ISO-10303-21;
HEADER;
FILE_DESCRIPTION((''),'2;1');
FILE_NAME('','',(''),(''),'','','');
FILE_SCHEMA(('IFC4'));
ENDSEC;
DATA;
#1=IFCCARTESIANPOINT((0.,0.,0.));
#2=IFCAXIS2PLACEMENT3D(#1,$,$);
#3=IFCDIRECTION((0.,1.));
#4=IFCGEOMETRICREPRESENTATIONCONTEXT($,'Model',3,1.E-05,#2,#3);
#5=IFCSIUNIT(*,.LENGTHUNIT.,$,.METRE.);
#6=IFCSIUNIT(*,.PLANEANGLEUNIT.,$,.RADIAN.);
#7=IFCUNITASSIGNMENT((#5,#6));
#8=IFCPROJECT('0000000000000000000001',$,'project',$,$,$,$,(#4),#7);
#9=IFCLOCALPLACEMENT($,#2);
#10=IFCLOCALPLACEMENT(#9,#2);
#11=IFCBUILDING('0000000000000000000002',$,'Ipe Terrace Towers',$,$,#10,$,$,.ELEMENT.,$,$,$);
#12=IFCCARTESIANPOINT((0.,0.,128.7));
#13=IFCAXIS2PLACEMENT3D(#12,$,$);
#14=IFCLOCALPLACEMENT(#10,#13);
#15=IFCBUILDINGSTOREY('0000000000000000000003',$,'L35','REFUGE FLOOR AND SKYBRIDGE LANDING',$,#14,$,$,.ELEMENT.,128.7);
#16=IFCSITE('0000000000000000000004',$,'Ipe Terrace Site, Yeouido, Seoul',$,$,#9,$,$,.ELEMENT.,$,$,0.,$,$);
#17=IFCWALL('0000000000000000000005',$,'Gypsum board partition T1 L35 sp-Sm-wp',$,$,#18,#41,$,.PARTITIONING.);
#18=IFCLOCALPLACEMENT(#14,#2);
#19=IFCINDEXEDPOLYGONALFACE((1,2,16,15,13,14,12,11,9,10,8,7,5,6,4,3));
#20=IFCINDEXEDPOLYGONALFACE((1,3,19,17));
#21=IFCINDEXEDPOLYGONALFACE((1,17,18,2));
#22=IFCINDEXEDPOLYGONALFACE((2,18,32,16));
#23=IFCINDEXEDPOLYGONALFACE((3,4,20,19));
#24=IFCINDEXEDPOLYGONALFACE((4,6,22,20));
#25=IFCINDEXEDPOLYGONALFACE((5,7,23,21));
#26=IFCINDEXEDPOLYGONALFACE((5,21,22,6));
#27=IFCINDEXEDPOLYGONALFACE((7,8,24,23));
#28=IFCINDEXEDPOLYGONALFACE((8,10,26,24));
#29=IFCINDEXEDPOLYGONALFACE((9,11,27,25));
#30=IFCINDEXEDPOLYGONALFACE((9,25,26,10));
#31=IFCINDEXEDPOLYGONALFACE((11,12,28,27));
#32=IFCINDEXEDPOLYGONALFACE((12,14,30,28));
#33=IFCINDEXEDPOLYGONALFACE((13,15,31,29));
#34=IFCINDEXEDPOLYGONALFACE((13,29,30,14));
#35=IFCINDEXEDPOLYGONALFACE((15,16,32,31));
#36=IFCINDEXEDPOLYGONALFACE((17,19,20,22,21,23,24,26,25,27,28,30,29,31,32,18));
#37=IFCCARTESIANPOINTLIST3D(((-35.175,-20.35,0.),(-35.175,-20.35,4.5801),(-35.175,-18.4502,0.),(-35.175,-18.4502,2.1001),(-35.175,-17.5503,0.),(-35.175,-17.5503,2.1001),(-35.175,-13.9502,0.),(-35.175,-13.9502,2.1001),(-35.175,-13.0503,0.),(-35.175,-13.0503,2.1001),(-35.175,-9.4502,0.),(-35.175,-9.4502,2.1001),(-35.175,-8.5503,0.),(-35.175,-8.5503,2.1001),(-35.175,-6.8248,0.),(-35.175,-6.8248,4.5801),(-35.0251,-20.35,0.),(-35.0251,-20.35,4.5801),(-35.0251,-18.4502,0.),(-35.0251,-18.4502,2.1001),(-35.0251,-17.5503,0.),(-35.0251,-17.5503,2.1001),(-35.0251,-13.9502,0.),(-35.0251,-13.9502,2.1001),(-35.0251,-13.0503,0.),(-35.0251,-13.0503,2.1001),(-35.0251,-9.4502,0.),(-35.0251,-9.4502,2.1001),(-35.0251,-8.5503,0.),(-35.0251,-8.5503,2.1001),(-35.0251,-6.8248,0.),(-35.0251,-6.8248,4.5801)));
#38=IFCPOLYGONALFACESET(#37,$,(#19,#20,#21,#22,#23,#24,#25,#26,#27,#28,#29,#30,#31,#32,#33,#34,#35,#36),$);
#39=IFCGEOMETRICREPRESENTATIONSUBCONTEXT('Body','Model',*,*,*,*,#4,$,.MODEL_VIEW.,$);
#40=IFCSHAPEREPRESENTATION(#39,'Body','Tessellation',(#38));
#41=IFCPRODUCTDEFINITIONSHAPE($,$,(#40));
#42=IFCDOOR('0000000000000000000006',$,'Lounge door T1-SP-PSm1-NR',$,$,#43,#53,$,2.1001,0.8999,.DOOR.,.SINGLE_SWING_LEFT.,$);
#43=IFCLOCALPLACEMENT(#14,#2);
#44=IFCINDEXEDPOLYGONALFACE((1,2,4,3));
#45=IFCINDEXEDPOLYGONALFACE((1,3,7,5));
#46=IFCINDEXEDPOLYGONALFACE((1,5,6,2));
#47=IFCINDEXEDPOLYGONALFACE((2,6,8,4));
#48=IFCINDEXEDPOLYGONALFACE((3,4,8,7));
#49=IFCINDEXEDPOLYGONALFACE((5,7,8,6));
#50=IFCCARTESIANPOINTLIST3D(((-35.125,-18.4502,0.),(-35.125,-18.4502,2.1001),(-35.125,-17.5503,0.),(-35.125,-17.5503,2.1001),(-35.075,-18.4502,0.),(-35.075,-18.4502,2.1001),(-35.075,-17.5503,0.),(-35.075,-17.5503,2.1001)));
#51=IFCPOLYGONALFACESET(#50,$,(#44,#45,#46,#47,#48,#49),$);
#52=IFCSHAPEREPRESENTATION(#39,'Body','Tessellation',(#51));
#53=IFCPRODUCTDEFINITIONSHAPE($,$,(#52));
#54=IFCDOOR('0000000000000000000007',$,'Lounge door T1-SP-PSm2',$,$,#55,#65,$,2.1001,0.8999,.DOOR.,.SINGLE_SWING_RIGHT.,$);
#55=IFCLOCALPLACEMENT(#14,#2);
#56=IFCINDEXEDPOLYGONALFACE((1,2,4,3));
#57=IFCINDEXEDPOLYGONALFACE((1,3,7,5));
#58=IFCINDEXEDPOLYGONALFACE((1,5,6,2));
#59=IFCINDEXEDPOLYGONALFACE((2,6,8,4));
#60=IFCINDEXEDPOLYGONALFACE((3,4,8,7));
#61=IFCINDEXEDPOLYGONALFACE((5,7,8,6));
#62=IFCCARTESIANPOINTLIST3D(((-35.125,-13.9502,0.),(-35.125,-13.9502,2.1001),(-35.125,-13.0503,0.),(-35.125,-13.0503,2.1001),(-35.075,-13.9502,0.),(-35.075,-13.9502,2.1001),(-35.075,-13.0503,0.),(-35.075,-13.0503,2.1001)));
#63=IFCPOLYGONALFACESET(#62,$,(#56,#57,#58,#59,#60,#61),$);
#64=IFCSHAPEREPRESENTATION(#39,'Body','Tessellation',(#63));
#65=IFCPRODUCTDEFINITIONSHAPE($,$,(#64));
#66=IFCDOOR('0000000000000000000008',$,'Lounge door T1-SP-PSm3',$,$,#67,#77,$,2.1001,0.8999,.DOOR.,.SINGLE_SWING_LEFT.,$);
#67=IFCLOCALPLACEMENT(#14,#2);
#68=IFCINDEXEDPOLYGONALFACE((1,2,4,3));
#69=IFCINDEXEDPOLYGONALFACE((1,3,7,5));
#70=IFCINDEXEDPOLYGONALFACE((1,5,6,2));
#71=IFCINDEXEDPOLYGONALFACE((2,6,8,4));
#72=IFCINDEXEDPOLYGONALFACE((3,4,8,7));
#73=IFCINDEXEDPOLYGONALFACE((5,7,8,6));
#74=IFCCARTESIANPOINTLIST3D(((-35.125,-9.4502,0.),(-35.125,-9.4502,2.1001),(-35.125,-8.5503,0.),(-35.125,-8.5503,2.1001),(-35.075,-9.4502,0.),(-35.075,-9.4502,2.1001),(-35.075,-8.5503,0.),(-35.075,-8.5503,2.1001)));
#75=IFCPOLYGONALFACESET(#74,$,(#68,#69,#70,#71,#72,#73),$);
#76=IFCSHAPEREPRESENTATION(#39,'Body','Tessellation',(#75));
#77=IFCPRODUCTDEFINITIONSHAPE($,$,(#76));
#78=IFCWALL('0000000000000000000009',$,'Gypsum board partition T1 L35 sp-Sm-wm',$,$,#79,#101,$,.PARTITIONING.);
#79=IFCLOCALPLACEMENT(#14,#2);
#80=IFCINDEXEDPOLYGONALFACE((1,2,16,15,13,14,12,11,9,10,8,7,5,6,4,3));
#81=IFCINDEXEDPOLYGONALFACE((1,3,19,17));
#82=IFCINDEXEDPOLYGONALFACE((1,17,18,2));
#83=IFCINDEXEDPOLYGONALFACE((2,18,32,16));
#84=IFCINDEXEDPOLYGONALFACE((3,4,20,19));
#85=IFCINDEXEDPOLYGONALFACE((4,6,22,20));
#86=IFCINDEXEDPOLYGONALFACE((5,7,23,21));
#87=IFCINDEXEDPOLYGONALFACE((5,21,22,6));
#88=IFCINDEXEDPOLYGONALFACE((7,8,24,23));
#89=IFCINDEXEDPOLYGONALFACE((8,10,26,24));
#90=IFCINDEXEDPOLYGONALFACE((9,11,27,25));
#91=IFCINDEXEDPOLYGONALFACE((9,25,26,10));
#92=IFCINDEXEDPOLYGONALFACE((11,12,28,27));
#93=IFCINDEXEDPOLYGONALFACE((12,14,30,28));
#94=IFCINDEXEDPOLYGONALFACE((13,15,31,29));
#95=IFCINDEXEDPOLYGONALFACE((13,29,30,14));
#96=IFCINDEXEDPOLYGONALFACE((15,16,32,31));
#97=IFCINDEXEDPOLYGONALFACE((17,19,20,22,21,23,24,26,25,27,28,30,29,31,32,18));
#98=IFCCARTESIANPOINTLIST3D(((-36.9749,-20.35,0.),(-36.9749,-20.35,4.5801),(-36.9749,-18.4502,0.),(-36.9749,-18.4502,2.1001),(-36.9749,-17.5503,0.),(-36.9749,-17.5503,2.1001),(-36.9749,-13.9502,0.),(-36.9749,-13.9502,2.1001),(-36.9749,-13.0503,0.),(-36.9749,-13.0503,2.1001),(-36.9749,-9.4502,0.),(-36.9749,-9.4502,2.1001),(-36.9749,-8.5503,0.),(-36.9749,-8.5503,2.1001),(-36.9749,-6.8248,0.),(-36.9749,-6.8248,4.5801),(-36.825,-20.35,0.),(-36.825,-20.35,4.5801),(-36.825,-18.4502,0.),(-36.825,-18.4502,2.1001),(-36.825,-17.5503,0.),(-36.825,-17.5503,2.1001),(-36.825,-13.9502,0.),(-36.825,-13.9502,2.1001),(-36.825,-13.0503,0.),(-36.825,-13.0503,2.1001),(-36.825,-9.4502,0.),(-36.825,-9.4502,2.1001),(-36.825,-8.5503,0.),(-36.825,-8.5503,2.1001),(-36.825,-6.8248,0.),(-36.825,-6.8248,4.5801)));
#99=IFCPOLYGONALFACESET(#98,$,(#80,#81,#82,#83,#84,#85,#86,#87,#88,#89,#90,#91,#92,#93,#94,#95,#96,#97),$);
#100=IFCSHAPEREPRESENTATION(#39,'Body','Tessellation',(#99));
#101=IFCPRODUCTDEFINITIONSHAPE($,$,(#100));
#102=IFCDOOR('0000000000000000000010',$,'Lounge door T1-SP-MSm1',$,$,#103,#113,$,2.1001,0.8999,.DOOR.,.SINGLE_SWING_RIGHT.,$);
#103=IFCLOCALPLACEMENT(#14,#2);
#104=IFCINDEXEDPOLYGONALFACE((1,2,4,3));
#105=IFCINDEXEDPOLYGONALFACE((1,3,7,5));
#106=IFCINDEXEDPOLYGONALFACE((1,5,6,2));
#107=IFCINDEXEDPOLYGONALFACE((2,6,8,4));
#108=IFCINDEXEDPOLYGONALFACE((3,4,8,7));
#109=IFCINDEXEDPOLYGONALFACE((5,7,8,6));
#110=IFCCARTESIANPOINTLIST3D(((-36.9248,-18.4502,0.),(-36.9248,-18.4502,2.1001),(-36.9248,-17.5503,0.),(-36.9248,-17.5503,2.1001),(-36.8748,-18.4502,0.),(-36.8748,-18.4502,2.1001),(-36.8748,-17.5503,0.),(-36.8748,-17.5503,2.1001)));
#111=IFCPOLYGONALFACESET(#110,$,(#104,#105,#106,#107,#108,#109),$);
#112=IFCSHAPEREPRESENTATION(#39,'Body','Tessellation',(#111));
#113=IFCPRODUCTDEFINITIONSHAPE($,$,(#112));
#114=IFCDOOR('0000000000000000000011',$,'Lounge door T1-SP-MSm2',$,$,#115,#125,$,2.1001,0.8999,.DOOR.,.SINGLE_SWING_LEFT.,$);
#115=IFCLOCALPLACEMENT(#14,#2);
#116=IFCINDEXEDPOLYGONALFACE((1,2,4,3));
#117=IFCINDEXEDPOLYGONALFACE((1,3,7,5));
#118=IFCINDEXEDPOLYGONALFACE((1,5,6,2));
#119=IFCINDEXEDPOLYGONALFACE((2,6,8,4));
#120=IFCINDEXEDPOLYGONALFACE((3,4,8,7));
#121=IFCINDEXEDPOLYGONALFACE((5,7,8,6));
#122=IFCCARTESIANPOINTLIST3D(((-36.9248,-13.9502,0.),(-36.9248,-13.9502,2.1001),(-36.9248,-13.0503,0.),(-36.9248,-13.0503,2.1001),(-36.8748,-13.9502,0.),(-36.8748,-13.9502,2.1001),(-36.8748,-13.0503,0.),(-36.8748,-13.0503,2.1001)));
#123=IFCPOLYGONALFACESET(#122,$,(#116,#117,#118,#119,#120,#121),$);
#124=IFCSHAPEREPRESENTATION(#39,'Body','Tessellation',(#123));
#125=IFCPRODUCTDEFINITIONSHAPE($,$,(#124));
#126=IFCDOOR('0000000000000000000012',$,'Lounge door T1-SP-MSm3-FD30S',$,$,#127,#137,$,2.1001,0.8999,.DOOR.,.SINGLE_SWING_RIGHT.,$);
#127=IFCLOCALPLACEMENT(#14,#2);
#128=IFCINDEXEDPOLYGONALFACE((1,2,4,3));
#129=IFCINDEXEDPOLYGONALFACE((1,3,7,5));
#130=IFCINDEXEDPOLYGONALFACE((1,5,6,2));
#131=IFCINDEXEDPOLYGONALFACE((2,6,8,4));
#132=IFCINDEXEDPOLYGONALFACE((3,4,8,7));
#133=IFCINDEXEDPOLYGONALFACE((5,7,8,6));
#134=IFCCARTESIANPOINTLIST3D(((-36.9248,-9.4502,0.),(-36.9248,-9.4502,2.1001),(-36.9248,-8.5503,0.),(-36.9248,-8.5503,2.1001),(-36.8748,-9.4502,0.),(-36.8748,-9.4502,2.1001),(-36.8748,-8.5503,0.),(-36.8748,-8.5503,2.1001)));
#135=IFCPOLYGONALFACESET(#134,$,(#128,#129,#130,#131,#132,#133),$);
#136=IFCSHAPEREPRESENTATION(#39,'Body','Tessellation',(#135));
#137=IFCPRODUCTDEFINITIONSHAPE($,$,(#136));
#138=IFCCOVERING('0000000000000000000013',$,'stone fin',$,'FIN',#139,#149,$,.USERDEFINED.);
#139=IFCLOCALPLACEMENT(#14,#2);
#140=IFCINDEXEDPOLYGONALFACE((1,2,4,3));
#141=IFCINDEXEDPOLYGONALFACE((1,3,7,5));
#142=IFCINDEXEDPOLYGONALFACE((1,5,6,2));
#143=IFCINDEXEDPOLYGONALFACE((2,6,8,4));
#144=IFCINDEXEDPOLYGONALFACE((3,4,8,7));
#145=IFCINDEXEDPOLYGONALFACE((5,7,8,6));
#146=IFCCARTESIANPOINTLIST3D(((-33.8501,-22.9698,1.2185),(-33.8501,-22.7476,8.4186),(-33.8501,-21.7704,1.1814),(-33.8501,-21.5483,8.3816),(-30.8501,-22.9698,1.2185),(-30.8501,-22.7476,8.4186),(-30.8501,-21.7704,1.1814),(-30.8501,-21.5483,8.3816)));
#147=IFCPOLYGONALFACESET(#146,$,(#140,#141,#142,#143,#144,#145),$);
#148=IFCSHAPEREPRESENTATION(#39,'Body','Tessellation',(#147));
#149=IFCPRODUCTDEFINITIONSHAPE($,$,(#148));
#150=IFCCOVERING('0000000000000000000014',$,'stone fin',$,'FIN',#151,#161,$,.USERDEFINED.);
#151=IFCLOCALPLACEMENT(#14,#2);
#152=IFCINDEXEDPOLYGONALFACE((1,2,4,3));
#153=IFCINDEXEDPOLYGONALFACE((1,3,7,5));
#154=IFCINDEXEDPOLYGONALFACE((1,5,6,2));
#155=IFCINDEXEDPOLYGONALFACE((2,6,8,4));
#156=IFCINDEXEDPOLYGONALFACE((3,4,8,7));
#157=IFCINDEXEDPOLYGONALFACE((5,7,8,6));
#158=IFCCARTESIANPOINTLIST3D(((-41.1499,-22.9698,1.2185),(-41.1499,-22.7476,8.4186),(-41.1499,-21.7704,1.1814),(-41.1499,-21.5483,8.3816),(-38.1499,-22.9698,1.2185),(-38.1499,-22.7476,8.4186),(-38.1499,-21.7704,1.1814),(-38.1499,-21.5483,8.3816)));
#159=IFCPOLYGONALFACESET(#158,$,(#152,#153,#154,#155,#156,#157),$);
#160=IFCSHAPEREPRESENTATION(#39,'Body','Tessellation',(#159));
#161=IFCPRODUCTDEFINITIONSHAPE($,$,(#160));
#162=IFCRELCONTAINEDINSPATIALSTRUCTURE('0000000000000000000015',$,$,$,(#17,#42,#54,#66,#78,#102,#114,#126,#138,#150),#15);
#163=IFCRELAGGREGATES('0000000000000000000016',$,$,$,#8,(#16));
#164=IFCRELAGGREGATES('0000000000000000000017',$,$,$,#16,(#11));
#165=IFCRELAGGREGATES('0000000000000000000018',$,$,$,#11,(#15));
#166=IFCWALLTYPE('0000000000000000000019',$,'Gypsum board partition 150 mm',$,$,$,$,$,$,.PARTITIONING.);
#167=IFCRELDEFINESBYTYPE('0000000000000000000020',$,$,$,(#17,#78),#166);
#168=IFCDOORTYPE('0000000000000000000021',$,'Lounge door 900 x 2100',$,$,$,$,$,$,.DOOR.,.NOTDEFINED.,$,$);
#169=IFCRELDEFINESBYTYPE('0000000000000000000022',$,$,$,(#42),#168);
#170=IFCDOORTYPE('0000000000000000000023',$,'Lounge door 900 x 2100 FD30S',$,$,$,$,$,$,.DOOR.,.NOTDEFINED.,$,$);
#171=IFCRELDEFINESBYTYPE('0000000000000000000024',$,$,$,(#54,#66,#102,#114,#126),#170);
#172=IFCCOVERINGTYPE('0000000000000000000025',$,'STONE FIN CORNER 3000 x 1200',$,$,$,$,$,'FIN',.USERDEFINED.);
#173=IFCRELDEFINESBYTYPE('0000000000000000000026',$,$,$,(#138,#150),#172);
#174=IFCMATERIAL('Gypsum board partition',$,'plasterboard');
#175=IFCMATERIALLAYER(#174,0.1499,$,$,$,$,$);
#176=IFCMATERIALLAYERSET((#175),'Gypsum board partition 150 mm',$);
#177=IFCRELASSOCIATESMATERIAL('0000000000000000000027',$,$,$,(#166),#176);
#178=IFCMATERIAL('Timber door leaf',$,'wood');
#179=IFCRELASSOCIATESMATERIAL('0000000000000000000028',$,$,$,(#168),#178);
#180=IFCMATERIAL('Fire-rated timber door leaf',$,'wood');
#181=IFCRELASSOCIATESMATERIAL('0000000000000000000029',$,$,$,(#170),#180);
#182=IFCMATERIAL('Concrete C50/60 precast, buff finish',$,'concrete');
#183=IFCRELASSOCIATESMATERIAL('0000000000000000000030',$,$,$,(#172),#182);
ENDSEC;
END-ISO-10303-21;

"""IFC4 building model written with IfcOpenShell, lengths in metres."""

from ifc_helpers import new_model, si_unit, direction, frame, frame_2d, origin, origin_2d, place, context, subcontext, project, spatial, rectangle, extrude, material, layer, layer_set, material_profile, profile_set, type_object, element, fill, save


model = new_model("IFC4")

# Units and contexts
model_context = context("Model", 3, precision=1e-05, world=origin(), true_north=direction((0.0, 1.0)))
body_context = subcontext(model_context, "Body", "Model", "MODEL_VIEW")
ifc_project = project(units=[si_unit("LENGTHUNIT", "METRE"), si_unit("PLANEANGLEUNIT", "RADIAN")], contexts=[model_context])

# Site, building, storey
site_placement = place(None, origin())
site = spatial("IfcSite", under=ifc_project, at=site_placement, Name="Ipe Terrace Site, Yeouido, Seoul", CompositionType="ELEMENT", RefElevation=0.0)
building_placement = place(site_placement, origin())
building = spatial("IfcBuilding", under=site, at=building_placement, Name="Ipe Terrace Towers", CompositionType="ELEMENT")
storey_placement = place(building_placement, frame((0.0, 0.0, 128.7)))
storey = spatial("IfcBuildingStorey", under=building, at=storey_placement, Name="L35", Description="REFUGE FLOOR AND SKYBRIDGE LANDING", CompositionType="ELEMENT", Elevation=128.7)

# Walls, openings, doors
ifc_material_1 = material(Name="Gypsum board partition", Category="plasterboard")
ifc_layer_1 = layer(ifc_material_1, 0.1499)
ifc_layer_set_1 = layer_set([ifc_layer_1], Name="Gypsum board partition 150 mm")
wall_type_1 = type_object("IfcWallType", Name="Gypsum board partition 150 mm", PredefinedType="PARTITIONING", material=ifc_layer_set_1)
wall_1_placement = place(storey_placement, frame((-35.1001, -20.3501, 0.0), z_axis=(0.0, 0.0, 1.0), x_axis=(0.0, 1.0, 0.0)))
wall_1 = element("IfcWall", 1, at=wall_1_placement, inside=storey, type_object=wall_type_1, Name="Gypsum board partition T1 L35 sp-Sm-wp", PredefinedType="PARTITIONING", context=body_context, shape_type="SweptSolid", body=[
    extrude(rectangle(XDim=13.5251, YDim=0.1499, at=frame_2d((6.7627, 0.0))), origin(), (0.0, 0.0, 1.0), 4.5801),
])
opening_1_placement = place(wall_1_placement, frame((1.8999, 0.0, 0.0)))
opening_1 = element("IfcOpeningElement", 2, at=opening_1_placement, cuts=wall_1, PredefinedType="OPENING", context=body_context, shape_type="SweptSolid", body=[
    extrude(rectangle(XDim=0.8999, YDim=2.1001, at=frame_2d((0.45, 1.05))), frame((0.0, 0.085, 0.0), z_axis=(0.0, -1.0, 0.0), x_axis=(1.0, 0.0, 0.0)), (0.0, 0.0, 1.0), 0.1699),
])
opening_2_placement = place(wall_1_placement, frame((6.3999, 0.0, 0.0)))
opening_2 = element("IfcOpeningElement", 3, at=opening_2_placement, cuts=wall_1, PredefinedType="OPENING", context=body_context, shape_type="SweptSolid", body=[
    extrude(rectangle(XDim=0.8999, YDim=2.1001, at=frame_2d((0.45, 1.05))), frame((0.0, 0.085, 0.0), z_axis=(0.0, -1.0, 0.0), x_axis=(1.0, 0.0, 0.0)), (0.0, 0.0, 1.0), 0.1699),
])
opening_3_placement = place(wall_1_placement, frame((10.8999, 0.0, 0.0)))
opening_3 = element("IfcOpeningElement", 4, at=opening_3_placement, cuts=wall_1, PredefinedType="OPENING", context=body_context, shape_type="SweptSolid", body=[
    extrude(rectangle(XDim=0.8999, YDim=2.1001, at=frame_2d((0.45, 1.05))), frame((0.0, 0.085, 0.0), z_axis=(0.0, -1.0, 0.0), x_axis=(1.0, 0.0, 0.0)), (0.0, 0.0, 1.0), 0.1699),
])
ifc_material_2 = material(Name="Timber door leaf", Category="wood")
door_type_1 = type_object("IfcDoorType", Name="Lounge door 900 x 2100", OperationType="NOTDEFINED", PredefinedType="DOOR", material=ifc_material_2)
door_1_placement = place(opening_1_placement, origin())
door_1 = element("IfcDoor", 5, at=door_1_placement, inside=storey, type_object=door_type_1, Name="Lounge door T1-SP-PSm1-NR", OperationType="SINGLE_SWING_LEFT", OverallHeight=2.1001, OverallWidth=0.8999, PredefinedType="DOOR", context=body_context, shape_type="SweptSolid", body=[
    extrude(rectangle(XDim=0.8999, YDim=2.1001, at=frame_2d((0.45, 1.05))), frame((0.0, 0.0249, 0.0), z_axis=(0.0, -1.0, 0.0), x_axis=(1.0, 0.0, 0.0)), (0.0, 0.0, 1.0), 0.05),
])
fill(opening_1, door_1)
ifc_material_3 = material(Name="Fire-rated timber door leaf", Category="wood")
door_type_2 = type_object("IfcDoorType", Name="Lounge door 900 x 2100 FD30S", OperationType="NOTDEFINED", PredefinedType="DOOR", material=ifc_material_3)
door_2_placement = place(opening_2_placement, origin())
door_2 = element("IfcDoor", 6, at=door_2_placement, inside=storey, type_object=door_type_2, Name="Lounge door T1-SP-PSm2", OperationType="SINGLE_SWING_RIGHT", OverallHeight=2.1001, OverallWidth=0.8999, PredefinedType="DOOR", context=body_context, shape_type="SweptSolid", body=[
    extrude(rectangle(XDim=0.8999, YDim=2.1001, at=frame_2d((0.45, 1.05))), frame((0.0, 0.0249, 0.0), z_axis=(0.0, -1.0, 0.0), x_axis=(1.0, 0.0, 0.0)), (0.0, 0.0, 1.0), 0.05),
])
fill(opening_2, door_2)
door_3_placement = place(opening_3_placement, origin())
door_3 = element("IfcDoor", 7, at=door_3_placement, inside=storey, type_object=door_type_2, Name="Lounge door T1-SP-PSm3", OperationType="SINGLE_SWING_LEFT", OverallHeight=2.1001, OverallWidth=0.8999, PredefinedType="DOOR", context=body_context, shape_type="SweptSolid", body=[
    extrude(rectangle(XDim=0.8999, YDim=2.1001, at=frame_2d((0.45, 1.05))), frame((0.0, 0.0249, 0.0), z_axis=(0.0, -1.0, 0.0), x_axis=(1.0, 0.0, 0.0)), (0.0, 0.0, 1.0), 0.05),
])
fill(opening_3, door_3)
wall_2_placement = place(storey_placement, frame((-36.8999, -20.3501, 0.0), z_axis=(0.0, 0.0, 1.0), x_axis=(0.0, 1.0, 0.0)))
wall_2 = element("IfcWall", 8, at=wall_2_placement, inside=storey, type_object=wall_type_1, Name="Gypsum board partition T1 L35 sp-Sm-wm", PredefinedType="PARTITIONING", context=body_context, shape_type="SweptSolid", body=[
    extrude(rectangle(XDim=13.5251, YDim=0.1499, at=frame_2d((6.7627, 0.0))), origin(), (0.0, 0.0, 1.0), 4.5801),
])
opening_4_placement = place(wall_2_placement, frame((1.8999, 0.0, 0.0)))
opening_4 = element("IfcOpeningElement", 9, at=opening_4_placement, cuts=wall_2, PredefinedType="OPENING", context=body_context, shape_type="SweptSolid", body=[
    extrude(rectangle(XDim=0.8999, YDim=2.1001, at=frame_2d((0.45, 1.05))), frame((0.0, 0.085, 0.0), z_axis=(0.0, -1.0, 0.0), x_axis=(1.0, 0.0, 0.0)), (0.0, 0.0, 1.0), 0.1699),
])
opening_5_placement = place(wall_2_placement, frame((6.3999, 0.0, 0.0)))
opening_5 = element("IfcOpeningElement", 10, at=opening_5_placement, cuts=wall_2, PredefinedType="OPENING", context=body_context, shape_type="SweptSolid", body=[
    extrude(rectangle(XDim=0.8999, YDim=2.1001, at=frame_2d((0.45, 1.05))), frame((0.0, 0.085, 0.0), z_axis=(0.0, -1.0, 0.0), x_axis=(1.0, 0.0, 0.0)), (0.0, 0.0, 1.0), 0.1699),
])
opening_6_placement = place(wall_2_placement, frame((10.8999, 0.0, 0.0)))
opening_6 = element("IfcOpeningElement", 11, at=opening_6_placement, cuts=wall_2, PredefinedType="OPENING", context=body_context, shape_type="SweptSolid", body=[
    extrude(rectangle(XDim=0.8999, YDim=2.1001, at=frame_2d((0.45, 1.05))), frame((0.0, 0.085, 0.0), z_axis=(0.0, -1.0, 0.0), x_axis=(1.0, 0.0, 0.0)), (0.0, 0.0, 1.0), 0.1699),
])
door_4_placement = place(opening_4_placement, origin())
door_4 = element("IfcDoor", 12, at=door_4_placement, inside=storey, type_object=door_type_2, Name="Lounge door T1-SP-MSm1", OperationType="SINGLE_SWING_RIGHT", OverallHeight=2.1001, OverallWidth=0.8999, PredefinedType="DOOR", context=body_context, shape_type="SweptSolid", body=[
    extrude(rectangle(XDim=0.8999, YDim=2.1001, at=frame_2d((0.45, 1.05))), frame((0.0, 0.0249, 0.0), z_axis=(0.0, -1.0, 0.0), x_axis=(1.0, 0.0, 0.0)), (0.0, 0.0, 1.0), 0.05),
])
fill(opening_4, door_4)
door_5_placement = place(opening_5_placement, origin())
door_5 = element("IfcDoor", 13, at=door_5_placement, inside=storey, type_object=door_type_2, Name="Lounge door T1-SP-MSm2", OperationType="SINGLE_SWING_LEFT", OverallHeight=2.1001, OverallWidth=0.8999, PredefinedType="DOOR", context=body_context, shape_type="SweptSolid", body=[
    extrude(rectangle(XDim=0.8999, YDim=2.1001, at=frame_2d((0.45, 1.05))), frame((0.0, 0.0249, 0.0), z_axis=(0.0, -1.0, 0.0), x_axis=(1.0, 0.0, 0.0)), (0.0, 0.0, 1.0), 0.05),
])
fill(opening_5, door_5)
door_6_placement = place(opening_6_placement, origin())
door_6 = element("IfcDoor", 14, at=door_6_placement, inside=storey, type_object=door_type_2, Name="Lounge door T1-SP-MSm3-FD30S", OperationType="SINGLE_SWING_RIGHT", OverallHeight=2.1001, OverallWidth=0.8999, PredefinedType="DOOR", context=body_context, shape_type="SweptSolid", body=[
    extrude(rectangle(XDim=0.8999, YDim=2.1001, at=frame_2d((0.45, 1.05))), frame((0.0, 0.0249, 0.0), z_axis=(0.0, -1.0, 0.0), x_axis=(1.0, 0.0, 0.0)), (0.0, 0.0, 1.0), 0.05),
])
fill(opening_6, door_6)

# Coverings
ifc_material_4 = material(Name="Concrete C50/60 precast, buff finish", Category="concrete")
ifc_material_profile_1 = material_profile(ifc_material_4, rectangle(XDim=3.0, YDim=1.2, at=origin_2d()), Name="STONE FIN CORNER 3000 x 1200")
ifc_profile_set_1 = profile_set([ifc_material_profile_1], Name="Concrete C50/60 precast, buff finish")
covering_type_1 = type_object("IfcCoveringType", Name="STONE FIN CORNER 3000 x 1200", ElementType="FIN", PredefinedType="USERDEFINED", material=ifc_profile_set_1)
for number, where, z_axis, x_axis, name in (
    (15, (-32.3501, -22.3701, 1.2), (0.0, 0.030841, 0.999524), (1.0, 0.0, 0.0), "stone fin"),
    (16, (-39.6499, -22.3701, 1.2), (0.0, 0.030841, 0.999524), (1.0, 0.0, 0.0), "stone fin"),
):
    element("IfcCovering", number, at=place(storey_placement, frame(where, z_axis=z_axis, x_axis=x_axis)), inside=storey, type_object=covering_type_1, Name=name, ObjectType="FIN", PredefinedType="USERDEFINED", context=body_context, shape_type="SweptSolid", body=[
        extrude(rectangle(XDim=3.0, YDim=1.2, at=origin_2d()), origin(), (0.0, 0.0, 1.0), 7.2036),
    ])

save(model, "model.ifc")
